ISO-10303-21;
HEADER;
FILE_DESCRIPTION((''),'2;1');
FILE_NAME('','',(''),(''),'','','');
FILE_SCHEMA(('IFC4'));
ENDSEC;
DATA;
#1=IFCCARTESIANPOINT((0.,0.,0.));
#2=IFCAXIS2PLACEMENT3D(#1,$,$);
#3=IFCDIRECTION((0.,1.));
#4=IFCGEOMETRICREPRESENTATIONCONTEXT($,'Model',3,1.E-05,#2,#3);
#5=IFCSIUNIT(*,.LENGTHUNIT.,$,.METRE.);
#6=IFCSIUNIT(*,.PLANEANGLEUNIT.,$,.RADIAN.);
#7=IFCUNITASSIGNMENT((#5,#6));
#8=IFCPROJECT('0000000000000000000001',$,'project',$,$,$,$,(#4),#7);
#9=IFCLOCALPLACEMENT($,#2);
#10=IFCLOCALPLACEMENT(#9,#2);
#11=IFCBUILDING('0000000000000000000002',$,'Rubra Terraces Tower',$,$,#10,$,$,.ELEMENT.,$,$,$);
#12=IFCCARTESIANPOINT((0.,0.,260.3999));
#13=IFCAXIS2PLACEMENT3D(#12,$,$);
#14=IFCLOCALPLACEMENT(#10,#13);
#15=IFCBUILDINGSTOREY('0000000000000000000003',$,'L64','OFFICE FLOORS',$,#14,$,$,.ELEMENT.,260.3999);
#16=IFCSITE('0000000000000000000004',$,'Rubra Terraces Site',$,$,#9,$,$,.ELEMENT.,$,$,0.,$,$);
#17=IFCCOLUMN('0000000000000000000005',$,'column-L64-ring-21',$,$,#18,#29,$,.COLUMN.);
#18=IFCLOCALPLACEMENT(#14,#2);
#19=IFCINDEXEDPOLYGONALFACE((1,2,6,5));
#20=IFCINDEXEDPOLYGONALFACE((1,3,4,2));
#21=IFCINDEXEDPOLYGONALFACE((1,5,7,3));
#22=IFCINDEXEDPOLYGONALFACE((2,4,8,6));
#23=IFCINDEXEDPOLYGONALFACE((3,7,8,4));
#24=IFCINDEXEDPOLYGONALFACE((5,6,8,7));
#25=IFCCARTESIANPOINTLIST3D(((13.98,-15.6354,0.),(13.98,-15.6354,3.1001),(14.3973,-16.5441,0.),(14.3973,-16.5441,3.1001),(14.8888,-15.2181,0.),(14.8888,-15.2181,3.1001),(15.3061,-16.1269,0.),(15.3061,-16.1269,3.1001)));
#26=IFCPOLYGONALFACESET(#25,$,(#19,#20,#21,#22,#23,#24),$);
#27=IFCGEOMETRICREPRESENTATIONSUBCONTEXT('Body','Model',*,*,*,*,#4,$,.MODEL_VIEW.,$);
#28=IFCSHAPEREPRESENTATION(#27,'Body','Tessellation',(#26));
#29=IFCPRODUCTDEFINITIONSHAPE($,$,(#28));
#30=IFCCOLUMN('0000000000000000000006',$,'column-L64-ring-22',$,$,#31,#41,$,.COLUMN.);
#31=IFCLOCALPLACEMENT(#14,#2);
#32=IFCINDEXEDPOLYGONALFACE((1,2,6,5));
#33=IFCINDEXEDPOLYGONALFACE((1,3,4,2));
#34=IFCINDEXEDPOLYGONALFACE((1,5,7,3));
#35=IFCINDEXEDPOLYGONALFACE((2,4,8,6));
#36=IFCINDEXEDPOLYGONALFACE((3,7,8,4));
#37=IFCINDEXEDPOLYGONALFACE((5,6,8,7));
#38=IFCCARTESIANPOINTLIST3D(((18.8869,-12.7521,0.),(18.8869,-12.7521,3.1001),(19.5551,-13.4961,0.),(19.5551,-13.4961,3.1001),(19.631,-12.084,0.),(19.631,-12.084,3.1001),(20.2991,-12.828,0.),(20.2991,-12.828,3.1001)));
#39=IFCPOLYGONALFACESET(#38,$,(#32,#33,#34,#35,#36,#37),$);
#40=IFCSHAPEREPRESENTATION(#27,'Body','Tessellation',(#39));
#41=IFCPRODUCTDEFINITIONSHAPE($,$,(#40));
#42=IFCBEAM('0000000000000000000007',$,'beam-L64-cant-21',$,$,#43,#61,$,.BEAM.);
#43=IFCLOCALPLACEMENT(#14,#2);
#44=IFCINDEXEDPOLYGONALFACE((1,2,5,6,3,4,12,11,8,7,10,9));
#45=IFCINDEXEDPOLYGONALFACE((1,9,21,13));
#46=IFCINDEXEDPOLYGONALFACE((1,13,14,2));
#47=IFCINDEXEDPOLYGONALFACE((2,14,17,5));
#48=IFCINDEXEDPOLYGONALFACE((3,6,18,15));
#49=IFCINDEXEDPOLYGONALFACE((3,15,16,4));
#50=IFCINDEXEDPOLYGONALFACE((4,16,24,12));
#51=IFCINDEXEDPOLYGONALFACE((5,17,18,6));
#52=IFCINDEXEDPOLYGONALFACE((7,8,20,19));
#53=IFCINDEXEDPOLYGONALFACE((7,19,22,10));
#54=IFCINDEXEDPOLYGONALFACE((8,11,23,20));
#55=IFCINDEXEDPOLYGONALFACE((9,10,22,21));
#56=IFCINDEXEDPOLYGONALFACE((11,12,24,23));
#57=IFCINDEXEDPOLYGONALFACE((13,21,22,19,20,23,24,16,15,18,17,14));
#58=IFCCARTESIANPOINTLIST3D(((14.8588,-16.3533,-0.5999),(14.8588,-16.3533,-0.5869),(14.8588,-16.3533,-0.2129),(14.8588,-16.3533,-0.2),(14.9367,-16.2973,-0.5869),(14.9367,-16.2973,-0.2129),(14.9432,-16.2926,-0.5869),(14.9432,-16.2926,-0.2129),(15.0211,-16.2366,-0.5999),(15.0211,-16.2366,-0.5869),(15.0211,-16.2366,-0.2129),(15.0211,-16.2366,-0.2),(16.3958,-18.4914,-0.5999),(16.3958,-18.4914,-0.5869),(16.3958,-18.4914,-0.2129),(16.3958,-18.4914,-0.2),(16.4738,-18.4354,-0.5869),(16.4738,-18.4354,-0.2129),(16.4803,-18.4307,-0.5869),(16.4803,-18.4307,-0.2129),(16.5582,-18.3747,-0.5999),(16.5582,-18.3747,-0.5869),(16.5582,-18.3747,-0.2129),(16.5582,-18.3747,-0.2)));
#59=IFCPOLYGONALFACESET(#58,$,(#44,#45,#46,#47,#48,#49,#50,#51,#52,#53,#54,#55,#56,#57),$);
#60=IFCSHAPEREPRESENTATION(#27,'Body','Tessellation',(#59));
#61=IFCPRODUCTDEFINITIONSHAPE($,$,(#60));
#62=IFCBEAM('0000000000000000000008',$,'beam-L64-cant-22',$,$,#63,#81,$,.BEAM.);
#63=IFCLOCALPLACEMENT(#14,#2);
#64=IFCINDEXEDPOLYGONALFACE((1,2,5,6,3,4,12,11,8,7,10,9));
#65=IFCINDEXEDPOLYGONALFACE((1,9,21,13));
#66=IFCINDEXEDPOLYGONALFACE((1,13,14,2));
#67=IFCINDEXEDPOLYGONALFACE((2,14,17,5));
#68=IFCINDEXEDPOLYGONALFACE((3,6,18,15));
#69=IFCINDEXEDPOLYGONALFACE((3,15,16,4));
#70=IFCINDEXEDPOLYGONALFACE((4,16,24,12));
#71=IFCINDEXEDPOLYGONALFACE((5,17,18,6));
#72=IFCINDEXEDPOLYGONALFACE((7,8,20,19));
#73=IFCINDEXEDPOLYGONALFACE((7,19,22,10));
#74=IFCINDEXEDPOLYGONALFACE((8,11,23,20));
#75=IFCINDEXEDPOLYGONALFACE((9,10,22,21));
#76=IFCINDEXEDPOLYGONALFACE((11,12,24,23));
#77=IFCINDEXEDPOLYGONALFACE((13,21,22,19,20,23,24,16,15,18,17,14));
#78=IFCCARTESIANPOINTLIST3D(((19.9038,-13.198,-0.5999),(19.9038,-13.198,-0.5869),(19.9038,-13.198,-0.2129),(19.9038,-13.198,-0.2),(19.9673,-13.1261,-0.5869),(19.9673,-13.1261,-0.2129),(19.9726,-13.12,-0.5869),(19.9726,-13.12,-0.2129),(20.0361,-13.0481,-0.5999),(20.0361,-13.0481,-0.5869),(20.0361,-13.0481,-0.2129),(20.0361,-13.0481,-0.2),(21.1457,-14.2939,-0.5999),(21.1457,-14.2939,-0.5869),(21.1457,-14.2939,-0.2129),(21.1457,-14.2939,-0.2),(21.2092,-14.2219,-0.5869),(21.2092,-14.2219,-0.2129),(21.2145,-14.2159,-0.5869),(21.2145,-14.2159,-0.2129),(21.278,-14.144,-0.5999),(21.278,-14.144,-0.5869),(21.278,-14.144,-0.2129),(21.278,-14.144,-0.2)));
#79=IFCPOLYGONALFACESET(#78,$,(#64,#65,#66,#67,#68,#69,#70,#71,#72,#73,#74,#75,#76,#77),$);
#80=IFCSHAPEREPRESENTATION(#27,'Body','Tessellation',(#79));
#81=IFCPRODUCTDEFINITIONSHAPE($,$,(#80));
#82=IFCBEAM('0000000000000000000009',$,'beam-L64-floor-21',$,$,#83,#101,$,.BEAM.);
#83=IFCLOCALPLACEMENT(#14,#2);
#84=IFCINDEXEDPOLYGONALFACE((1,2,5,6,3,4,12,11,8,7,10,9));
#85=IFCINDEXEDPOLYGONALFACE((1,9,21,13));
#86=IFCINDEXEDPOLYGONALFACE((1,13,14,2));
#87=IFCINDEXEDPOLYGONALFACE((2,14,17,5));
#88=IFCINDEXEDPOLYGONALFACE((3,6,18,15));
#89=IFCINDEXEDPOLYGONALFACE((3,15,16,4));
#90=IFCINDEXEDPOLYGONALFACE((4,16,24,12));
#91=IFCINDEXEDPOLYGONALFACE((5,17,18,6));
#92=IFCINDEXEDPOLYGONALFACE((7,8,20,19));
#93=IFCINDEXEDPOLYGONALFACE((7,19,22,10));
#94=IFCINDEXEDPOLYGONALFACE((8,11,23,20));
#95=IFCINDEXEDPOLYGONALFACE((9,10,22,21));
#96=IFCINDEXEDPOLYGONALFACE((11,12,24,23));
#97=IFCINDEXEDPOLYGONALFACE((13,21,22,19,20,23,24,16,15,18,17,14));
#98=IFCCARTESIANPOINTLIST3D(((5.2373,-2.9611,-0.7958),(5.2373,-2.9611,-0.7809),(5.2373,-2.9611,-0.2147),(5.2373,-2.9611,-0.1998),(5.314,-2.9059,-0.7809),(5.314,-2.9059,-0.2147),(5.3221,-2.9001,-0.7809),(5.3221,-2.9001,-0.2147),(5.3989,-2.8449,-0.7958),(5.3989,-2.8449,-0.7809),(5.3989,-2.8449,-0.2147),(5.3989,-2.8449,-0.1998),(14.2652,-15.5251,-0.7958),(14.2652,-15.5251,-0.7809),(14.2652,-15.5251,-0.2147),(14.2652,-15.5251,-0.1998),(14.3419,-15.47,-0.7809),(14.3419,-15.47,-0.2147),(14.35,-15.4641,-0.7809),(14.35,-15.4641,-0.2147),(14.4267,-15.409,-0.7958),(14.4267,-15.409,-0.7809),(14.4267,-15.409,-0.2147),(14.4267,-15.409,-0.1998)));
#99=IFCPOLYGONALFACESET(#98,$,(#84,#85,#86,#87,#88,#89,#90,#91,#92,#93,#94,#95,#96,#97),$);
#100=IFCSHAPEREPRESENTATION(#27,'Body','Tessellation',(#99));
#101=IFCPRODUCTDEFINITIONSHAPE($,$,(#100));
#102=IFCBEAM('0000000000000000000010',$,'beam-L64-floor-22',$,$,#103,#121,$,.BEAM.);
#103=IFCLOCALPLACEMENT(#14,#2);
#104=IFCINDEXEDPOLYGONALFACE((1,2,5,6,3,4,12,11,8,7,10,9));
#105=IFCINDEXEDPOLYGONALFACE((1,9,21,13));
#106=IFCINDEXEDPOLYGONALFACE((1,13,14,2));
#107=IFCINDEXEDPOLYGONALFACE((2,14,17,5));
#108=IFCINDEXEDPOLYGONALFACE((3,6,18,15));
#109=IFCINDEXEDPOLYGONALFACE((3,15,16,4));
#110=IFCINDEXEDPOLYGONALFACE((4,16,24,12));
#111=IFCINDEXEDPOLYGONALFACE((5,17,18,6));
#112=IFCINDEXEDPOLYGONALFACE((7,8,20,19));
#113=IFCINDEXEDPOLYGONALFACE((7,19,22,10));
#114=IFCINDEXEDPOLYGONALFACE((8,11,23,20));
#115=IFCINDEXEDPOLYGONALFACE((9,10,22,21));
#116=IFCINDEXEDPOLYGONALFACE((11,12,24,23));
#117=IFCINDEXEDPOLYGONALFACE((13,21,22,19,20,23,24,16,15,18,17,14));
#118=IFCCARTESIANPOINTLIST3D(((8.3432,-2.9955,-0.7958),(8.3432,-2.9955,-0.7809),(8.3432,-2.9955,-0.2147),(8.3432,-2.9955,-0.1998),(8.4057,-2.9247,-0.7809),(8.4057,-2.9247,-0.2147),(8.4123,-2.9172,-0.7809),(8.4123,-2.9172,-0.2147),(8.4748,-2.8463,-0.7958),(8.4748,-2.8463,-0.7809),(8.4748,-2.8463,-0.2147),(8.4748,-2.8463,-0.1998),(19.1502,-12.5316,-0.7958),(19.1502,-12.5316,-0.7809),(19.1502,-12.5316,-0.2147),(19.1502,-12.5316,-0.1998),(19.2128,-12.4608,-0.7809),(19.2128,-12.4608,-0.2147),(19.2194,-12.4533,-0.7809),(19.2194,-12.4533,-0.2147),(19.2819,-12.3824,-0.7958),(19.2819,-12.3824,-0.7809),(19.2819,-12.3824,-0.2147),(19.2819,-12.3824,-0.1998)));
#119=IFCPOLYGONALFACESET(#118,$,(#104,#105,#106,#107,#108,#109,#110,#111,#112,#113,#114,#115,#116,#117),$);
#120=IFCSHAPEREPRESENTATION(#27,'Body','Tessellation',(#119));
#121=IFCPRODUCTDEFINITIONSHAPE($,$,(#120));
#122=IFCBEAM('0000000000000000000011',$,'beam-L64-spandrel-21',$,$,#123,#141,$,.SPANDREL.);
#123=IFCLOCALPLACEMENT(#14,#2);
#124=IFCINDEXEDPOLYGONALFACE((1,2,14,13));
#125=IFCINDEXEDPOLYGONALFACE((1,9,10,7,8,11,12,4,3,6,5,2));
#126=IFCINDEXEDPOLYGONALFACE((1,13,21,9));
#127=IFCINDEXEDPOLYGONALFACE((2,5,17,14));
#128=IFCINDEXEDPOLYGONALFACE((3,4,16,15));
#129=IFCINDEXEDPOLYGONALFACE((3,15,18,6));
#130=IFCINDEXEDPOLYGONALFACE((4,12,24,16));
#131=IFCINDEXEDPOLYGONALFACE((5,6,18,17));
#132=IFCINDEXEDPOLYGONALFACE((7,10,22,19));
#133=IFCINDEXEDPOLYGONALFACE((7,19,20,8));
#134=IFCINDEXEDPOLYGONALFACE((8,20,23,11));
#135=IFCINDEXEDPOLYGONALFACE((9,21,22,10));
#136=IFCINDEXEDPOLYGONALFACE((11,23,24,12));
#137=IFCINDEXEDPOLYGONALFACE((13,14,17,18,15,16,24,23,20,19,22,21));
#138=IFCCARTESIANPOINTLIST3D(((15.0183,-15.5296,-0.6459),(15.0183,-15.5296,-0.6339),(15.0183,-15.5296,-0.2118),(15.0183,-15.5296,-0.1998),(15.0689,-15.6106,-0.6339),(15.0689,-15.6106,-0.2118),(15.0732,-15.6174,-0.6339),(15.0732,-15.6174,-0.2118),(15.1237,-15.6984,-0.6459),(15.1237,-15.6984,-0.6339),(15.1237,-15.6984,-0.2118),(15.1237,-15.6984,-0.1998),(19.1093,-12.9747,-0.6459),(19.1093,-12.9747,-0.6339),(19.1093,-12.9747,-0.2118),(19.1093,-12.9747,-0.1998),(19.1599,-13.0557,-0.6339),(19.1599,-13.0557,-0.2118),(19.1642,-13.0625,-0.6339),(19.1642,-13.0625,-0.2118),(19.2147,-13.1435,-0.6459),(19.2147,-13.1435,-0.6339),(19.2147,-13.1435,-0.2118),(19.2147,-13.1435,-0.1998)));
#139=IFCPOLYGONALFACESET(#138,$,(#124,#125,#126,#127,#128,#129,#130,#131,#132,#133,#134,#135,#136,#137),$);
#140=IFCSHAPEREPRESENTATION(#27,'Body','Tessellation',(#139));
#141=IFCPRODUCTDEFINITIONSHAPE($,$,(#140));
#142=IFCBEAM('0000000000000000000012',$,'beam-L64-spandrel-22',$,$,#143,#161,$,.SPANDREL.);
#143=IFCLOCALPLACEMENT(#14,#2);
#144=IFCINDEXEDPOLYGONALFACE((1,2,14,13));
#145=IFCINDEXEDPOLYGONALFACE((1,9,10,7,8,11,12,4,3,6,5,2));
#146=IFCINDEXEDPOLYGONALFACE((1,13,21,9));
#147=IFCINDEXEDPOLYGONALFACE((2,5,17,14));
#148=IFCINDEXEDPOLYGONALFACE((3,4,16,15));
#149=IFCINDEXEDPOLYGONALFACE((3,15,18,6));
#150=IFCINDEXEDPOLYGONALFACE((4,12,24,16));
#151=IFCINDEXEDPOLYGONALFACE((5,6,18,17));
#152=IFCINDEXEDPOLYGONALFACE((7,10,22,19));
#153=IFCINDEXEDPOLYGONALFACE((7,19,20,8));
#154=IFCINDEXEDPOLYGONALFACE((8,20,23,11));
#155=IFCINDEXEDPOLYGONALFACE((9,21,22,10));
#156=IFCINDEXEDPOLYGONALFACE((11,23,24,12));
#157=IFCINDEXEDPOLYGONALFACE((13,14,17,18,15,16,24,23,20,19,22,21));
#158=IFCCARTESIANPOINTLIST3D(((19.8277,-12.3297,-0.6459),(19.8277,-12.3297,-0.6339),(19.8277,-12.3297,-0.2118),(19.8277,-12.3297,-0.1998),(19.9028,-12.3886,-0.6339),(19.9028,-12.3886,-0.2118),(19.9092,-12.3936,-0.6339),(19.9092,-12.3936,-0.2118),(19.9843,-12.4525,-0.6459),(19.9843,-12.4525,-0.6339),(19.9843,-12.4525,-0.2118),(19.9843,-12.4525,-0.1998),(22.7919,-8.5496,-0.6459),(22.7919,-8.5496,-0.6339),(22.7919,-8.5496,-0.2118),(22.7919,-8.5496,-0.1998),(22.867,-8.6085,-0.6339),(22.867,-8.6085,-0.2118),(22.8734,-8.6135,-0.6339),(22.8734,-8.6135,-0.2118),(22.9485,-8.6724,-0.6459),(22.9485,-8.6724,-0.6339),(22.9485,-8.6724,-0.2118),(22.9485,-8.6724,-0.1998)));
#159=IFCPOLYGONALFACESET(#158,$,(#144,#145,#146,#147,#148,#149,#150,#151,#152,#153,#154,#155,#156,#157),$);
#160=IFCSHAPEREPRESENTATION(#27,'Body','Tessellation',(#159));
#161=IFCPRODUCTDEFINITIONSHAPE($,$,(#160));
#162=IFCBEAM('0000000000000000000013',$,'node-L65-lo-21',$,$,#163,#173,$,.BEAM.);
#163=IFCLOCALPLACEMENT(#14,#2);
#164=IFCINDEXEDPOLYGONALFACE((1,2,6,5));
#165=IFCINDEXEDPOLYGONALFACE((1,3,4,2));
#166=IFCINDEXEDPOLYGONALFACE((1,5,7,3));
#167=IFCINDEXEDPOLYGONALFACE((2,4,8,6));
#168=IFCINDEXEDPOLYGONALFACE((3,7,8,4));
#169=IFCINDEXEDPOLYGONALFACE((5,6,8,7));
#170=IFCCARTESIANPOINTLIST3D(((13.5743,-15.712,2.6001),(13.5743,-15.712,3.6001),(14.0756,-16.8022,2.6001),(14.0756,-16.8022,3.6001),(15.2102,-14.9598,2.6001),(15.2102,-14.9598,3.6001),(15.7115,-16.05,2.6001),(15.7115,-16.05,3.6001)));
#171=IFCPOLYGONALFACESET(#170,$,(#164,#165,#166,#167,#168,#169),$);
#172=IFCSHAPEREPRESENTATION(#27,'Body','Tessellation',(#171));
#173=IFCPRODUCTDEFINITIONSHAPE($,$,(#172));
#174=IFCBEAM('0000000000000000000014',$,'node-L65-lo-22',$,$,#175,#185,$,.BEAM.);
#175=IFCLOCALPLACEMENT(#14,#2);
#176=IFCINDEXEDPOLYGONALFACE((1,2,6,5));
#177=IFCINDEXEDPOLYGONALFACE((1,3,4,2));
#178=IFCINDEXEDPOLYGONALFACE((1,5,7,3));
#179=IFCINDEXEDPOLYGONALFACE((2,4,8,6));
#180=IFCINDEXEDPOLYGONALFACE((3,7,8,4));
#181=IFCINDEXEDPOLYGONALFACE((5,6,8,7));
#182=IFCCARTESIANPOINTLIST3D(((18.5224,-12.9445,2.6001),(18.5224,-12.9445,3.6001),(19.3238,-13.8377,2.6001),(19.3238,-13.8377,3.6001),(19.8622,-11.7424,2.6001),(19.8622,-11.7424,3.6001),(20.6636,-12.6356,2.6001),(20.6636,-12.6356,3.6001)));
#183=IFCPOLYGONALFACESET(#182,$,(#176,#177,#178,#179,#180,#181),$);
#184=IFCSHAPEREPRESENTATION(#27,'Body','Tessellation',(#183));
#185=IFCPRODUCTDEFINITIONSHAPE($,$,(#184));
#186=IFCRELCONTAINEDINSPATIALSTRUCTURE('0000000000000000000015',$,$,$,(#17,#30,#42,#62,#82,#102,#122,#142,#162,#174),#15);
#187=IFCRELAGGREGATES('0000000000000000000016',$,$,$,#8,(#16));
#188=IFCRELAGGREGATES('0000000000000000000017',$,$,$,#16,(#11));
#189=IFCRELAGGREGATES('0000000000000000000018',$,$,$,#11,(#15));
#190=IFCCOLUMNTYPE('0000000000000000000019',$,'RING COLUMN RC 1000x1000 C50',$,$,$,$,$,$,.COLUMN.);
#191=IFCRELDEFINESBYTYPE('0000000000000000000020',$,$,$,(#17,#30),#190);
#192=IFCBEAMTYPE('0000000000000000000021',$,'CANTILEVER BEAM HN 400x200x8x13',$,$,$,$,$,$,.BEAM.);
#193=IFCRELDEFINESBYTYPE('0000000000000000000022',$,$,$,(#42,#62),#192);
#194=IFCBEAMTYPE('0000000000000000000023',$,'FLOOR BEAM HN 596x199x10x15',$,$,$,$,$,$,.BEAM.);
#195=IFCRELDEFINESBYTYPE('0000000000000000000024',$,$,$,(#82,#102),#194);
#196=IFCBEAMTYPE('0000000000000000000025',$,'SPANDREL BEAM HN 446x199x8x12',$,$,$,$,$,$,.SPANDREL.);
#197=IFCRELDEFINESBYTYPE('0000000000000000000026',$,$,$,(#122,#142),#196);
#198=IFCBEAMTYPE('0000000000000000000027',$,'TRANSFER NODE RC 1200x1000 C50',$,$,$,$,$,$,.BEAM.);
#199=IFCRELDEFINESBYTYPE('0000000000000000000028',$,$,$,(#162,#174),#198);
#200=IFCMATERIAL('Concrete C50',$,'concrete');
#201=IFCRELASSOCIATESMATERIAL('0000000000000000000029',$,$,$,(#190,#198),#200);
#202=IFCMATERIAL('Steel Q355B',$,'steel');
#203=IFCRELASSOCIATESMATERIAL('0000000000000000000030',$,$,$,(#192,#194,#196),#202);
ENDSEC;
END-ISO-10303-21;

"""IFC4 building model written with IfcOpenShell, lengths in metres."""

from ifc_helpers import new_model, si_unit, direction, frame, origin, origin_2d, place, context, subcontext, project, spatial, rectangle, i_section, extrude, material, material_profile, profile_set, type_object, element, save


model = new_model("IFC4")

# Units and contexts
model_context = context("Model", 3, precision=1e-05, world=origin(), true_north=direction((0.0, 1.0)))
body_context = subcontext(model_context, "Body", "Model", "MODEL_VIEW")
ifc_project = project(units=[si_unit("LENGTHUNIT", "METRE"), si_unit("PLANEANGLEUNIT", "RADIAN")], contexts=[model_context])

# Site, building, storey
site_placement = place(None, origin())
site = spatial("IfcSite", under=ifc_project, at=site_placement, Name="Rubra Terraces Site", CompositionType="ELEMENT", RefElevation=0.0)
building_placement = place(site_placement, origin())
building = spatial("IfcBuilding", under=site, at=building_placement, Name="Rubra Terraces Tower", CompositionType="ELEMENT")
storey_placement = place(building_placement, frame((0.0, 0.0, 260.3999)))
storey = spatial("IfcBuildingStorey", under=building, at=storey_placement, Name="L64", Description="OFFICE FLOORS", CompositionType="ELEMENT", Elevation=260.3999)

# Columns
ifc_material_1 = material(Name="Concrete C50", Category="concrete")
ifc_material_profile_1 = material_profile(ifc_material_1, rectangle(XDim=1.0, YDim=1.0, at=origin_2d()), Name="RC 1000x1000")
ifc_profile_set_1 = profile_set([ifc_material_profile_1], Name="Concrete C50")
column_type = type_object("IfcColumnType", Name="RING COLUMN RC 1000x1000 C50", PredefinedType="COLUMN", material=ifc_profile_set_1)
for number, where, z_axis, x_axis, name in (
    (1, (14.6431, -15.8811, 0.0), (0.0, 0.0, 1.0), (0.908779, 0.417279, 0.0), "column-L64-ring-21"),
    (2, (19.593, -12.79, 0.0), (0.0, 0.0, 1.0), (0.744021, 0.668156, 0.0), "column-L64-ring-22"),
):
    element("IfcColumn", number, at=place(storey_placement, frame(where, z_axis=z_axis, x_axis=x_axis)), inside=storey, type_object=column_type, Name=name, PredefinedType="COLUMN", context=body_context, shape_type="SweptSolid", body=[
        extrude(rectangle(XDim=1.0, YDim=1.0, at=origin_2d()), origin(), (0.0, 0.0, 1.0), 3.1001),
    ])

# Beams
ifc_material_2 = material(Name="Steel Q355B", Category="steel")
ifc_material_profile_2 = material_profile(ifc_material_2, i_section(OverallWidth=0.2, OverallDepth=0.3999, WebThickness=0.0081, FlangeThickness=0.0129, at=origin_2d()), Name="HN 400x200x8x13")
ifc_profile_set_2 = profile_set([ifc_material_profile_2], Name="Steel Q355B")
beam_type_1 = type_object("IfcBeamType", Name="CANTILEVER BEAM HN 400x200x8x13", PredefinedType="BEAM", material=ifc_profile_set_2)
beam_1_placement = place(storey_placement, frame((14.9399, -16.2949, -0.3999), z_axis=(0.583709, -0.811963, 0.0), x_axis=(0.811963, 0.583709, 0.0)))
element("IfcBeam", 3, at=beam_1_placement, inside=storey, type_object=beam_type_1, Name="beam-L64-cant-21", PredefinedType="BEAM", context=body_context, shape_type="SweptSolid", body=[
    extrude(i_section(OverallWidth=0.2, OverallDepth=0.3999, WebThickness=0.0081, FlangeThickness=0.0129, at=origin_2d()), origin(), (0.0, 0.0, 1.0), 2.6333),
])
beam_2_placement = place(storey_placement, frame((19.97, -13.123, -0.3999), z_axis=(0.749803, -0.661661, 0.0), x_axis=(0.661661, 0.749803, 0.0)))
element("IfcBeam", 4, at=beam_2_placement, inside=storey, type_object=beam_type_1, Name="beam-L64-cant-22", PredefinedType="BEAM", context=body_context, shape_type="SweptSolid", body=[
    extrude(i_section(OverallWidth=0.2, OverallDepth=0.3999, WebThickness=0.0081, FlangeThickness=0.0129, at=origin_2d()), origin(), (0.0, 0.0, 1.0), 1.6562),
])
ifc_material_profile_3 = material_profile(ifc_material_2, i_section(OverallWidth=0.199, OverallDepth=0.5959, WebThickness=0.01, FlangeThickness=0.0149, at=origin_2d()), Name="HN 596x199x10x15")
ifc_profile_set_3 = profile_set([ifc_material_profile_3], Name="Steel Q355B")
beam_type_2 = type_object("IfcBeamType", Name="FLOOR BEAM HN 596x199x10x15", PredefinedType="BEAM", material=ifc_profile_set_3)
beam_3_placement = place(storey_placement, frame((14.3459, -15.467, -0.4978), z_axis=(-0.583529, 0.812092, 0.0), x_axis=(-0.812092, -0.583529, 0.0)))
element("IfcBeam", 5, at=beam_3_placement, inside=storey, type_object=beam_type_2, Name="beam-L64-floor-21", PredefinedType="BEAM", context=body_context, shape_type="SweptSolid", body=[
    extrude(i_section(OverallWidth=0.199, OverallDepth=0.5959, WebThickness=0.01, FlangeThickness=0.0149, at=origin_2d()), origin(), (0.0, 0.0, 1.0), 15.4712),
])
beam_4_placement = place(storey_placement, frame((19.2161, -12.457, -0.4978), z_axis=(-0.749823, 0.661638, 0.0), x_axis=(-0.661638, -0.749823, 0.0)))
element("IfcBeam", 6, at=beam_4_placement, inside=storey, type_object=beam_type_2, Name="beam-L64-floor-22", PredefinedType="BEAM", context=body_context, shape_type="SweptSolid", body=[
    extrude(i_section(OverallWidth=0.199, OverallDepth=0.5959, WebThickness=0.01, FlangeThickness=0.0149, at=origin_2d()), origin(), (0.0, 0.0, 1.0), 14.4128),
])
ifc_material_profile_4 = material_profile(ifc_material_2, i_section(OverallWidth=0.199, OverallDepth=0.446, WebThickness=0.0081, FlangeThickness=0.012, at=origin_2d()), Name="HN 446x199x8x12")
ifc_profile_set_4 = profile_set([ifc_material_profile_4], Name="Steel Q355B")
beam_type_3 = type_object("IfcBeamType", Name="SPANDREL BEAM HN 446x199x8x12", PredefinedType="SPANDREL", material=ifc_profile_set_4)
beam_5_placement = place(storey_placement, frame((15.071, -15.614, -0.4229), z_axis=(0.848183, 0.529703, 0.0), x_axis=(-0.529703, 0.848183, 0.0)))
element("IfcBeam", 7, at=beam_5_placement, inside=storey, type_object=beam_type_3, Name="beam-L64-spandrel-21", PredefinedType="SPANDREL", context=body_context, shape_type="SweptSolid", body=[
    extrude(i_section(OverallWidth=0.199, OverallDepth=0.446, WebThickness=0.0081, FlangeThickness=0.012, at=origin_2d()), origin(), (0.0, 0.0, 1.0), 4.8232),
])
beam_6_placement = place(storey_placement, frame((19.906, -12.3911, -0.4229), z_axis=(0.61706, 0.786916, 0.0), x_axis=(-0.786916, 0.61706, 0.0)))
element("IfcBeam", 8, at=beam_6_placement, inside=storey, type_object=beam_type_3, Name="beam-L64-spandrel-22", PredefinedType="SPANDREL", context=body_context, shape_type="SweptSolid", body=[
    extrude(i_section(OverallWidth=0.199, OverallDepth=0.446, WebThickness=0.0081, FlangeThickness=0.012, at=origin_2d()), origin(), (0.0, 0.0, 1.0), 4.8037),
])
ifc_material_profile_5 = material_profile(ifc_material_1, rectangle(XDim=1.2, YDim=1.0, at=origin_2d()), Name="RC 1200x1000")
ifc_profile_set_5 = profile_set([ifc_material_profile_5], Name="Concrete C50")
beam_type_4 = type_object("IfcBeamType", Name="TRANSFER NODE RC 1200x1000 C50", PredefinedType="BEAM", material=ifc_profile_set_5)
beam_7_placement = place(storey_placement, frame((13.825, -16.2571, 3.1001), z_axis=(0.908566, 0.417742, 0.0), x_axis=(-0.417742, 0.908566, 0.0)))
element("IfcBeam", 9, at=beam_7_placement, inside=storey, type_object=beam_type_4, Name="node-L65-lo-21", PredefinedType="BEAM", context=body_context, shape_type="SweptSolid", body=[
    extrude(rectangle(XDim=1.2, YDim=1.0, at=origin_2d()), origin(), (0.0, 0.0, 1.0), 1.8005),
])
beam_8_placement = place(storey_placement, frame((18.9231, -13.3911, 3.1001), z_axis=(0.744318, 0.667825, 0.0), x_axis=(-0.667825, 0.744318, 0.0)))
element("IfcBeam", 10, at=beam_8_placement, inside=storey, type_object=beam_type_4, Name="node-L65-lo-22", PredefinedType="BEAM", context=body_context, shape_type="SweptSolid", body=[
    extrude(rectangle(XDim=1.2, YDim=1.0, at=origin_2d()), origin(), (0.0, 0.0, 1.0), 1.8),
])

save(model, "model.ifc")
